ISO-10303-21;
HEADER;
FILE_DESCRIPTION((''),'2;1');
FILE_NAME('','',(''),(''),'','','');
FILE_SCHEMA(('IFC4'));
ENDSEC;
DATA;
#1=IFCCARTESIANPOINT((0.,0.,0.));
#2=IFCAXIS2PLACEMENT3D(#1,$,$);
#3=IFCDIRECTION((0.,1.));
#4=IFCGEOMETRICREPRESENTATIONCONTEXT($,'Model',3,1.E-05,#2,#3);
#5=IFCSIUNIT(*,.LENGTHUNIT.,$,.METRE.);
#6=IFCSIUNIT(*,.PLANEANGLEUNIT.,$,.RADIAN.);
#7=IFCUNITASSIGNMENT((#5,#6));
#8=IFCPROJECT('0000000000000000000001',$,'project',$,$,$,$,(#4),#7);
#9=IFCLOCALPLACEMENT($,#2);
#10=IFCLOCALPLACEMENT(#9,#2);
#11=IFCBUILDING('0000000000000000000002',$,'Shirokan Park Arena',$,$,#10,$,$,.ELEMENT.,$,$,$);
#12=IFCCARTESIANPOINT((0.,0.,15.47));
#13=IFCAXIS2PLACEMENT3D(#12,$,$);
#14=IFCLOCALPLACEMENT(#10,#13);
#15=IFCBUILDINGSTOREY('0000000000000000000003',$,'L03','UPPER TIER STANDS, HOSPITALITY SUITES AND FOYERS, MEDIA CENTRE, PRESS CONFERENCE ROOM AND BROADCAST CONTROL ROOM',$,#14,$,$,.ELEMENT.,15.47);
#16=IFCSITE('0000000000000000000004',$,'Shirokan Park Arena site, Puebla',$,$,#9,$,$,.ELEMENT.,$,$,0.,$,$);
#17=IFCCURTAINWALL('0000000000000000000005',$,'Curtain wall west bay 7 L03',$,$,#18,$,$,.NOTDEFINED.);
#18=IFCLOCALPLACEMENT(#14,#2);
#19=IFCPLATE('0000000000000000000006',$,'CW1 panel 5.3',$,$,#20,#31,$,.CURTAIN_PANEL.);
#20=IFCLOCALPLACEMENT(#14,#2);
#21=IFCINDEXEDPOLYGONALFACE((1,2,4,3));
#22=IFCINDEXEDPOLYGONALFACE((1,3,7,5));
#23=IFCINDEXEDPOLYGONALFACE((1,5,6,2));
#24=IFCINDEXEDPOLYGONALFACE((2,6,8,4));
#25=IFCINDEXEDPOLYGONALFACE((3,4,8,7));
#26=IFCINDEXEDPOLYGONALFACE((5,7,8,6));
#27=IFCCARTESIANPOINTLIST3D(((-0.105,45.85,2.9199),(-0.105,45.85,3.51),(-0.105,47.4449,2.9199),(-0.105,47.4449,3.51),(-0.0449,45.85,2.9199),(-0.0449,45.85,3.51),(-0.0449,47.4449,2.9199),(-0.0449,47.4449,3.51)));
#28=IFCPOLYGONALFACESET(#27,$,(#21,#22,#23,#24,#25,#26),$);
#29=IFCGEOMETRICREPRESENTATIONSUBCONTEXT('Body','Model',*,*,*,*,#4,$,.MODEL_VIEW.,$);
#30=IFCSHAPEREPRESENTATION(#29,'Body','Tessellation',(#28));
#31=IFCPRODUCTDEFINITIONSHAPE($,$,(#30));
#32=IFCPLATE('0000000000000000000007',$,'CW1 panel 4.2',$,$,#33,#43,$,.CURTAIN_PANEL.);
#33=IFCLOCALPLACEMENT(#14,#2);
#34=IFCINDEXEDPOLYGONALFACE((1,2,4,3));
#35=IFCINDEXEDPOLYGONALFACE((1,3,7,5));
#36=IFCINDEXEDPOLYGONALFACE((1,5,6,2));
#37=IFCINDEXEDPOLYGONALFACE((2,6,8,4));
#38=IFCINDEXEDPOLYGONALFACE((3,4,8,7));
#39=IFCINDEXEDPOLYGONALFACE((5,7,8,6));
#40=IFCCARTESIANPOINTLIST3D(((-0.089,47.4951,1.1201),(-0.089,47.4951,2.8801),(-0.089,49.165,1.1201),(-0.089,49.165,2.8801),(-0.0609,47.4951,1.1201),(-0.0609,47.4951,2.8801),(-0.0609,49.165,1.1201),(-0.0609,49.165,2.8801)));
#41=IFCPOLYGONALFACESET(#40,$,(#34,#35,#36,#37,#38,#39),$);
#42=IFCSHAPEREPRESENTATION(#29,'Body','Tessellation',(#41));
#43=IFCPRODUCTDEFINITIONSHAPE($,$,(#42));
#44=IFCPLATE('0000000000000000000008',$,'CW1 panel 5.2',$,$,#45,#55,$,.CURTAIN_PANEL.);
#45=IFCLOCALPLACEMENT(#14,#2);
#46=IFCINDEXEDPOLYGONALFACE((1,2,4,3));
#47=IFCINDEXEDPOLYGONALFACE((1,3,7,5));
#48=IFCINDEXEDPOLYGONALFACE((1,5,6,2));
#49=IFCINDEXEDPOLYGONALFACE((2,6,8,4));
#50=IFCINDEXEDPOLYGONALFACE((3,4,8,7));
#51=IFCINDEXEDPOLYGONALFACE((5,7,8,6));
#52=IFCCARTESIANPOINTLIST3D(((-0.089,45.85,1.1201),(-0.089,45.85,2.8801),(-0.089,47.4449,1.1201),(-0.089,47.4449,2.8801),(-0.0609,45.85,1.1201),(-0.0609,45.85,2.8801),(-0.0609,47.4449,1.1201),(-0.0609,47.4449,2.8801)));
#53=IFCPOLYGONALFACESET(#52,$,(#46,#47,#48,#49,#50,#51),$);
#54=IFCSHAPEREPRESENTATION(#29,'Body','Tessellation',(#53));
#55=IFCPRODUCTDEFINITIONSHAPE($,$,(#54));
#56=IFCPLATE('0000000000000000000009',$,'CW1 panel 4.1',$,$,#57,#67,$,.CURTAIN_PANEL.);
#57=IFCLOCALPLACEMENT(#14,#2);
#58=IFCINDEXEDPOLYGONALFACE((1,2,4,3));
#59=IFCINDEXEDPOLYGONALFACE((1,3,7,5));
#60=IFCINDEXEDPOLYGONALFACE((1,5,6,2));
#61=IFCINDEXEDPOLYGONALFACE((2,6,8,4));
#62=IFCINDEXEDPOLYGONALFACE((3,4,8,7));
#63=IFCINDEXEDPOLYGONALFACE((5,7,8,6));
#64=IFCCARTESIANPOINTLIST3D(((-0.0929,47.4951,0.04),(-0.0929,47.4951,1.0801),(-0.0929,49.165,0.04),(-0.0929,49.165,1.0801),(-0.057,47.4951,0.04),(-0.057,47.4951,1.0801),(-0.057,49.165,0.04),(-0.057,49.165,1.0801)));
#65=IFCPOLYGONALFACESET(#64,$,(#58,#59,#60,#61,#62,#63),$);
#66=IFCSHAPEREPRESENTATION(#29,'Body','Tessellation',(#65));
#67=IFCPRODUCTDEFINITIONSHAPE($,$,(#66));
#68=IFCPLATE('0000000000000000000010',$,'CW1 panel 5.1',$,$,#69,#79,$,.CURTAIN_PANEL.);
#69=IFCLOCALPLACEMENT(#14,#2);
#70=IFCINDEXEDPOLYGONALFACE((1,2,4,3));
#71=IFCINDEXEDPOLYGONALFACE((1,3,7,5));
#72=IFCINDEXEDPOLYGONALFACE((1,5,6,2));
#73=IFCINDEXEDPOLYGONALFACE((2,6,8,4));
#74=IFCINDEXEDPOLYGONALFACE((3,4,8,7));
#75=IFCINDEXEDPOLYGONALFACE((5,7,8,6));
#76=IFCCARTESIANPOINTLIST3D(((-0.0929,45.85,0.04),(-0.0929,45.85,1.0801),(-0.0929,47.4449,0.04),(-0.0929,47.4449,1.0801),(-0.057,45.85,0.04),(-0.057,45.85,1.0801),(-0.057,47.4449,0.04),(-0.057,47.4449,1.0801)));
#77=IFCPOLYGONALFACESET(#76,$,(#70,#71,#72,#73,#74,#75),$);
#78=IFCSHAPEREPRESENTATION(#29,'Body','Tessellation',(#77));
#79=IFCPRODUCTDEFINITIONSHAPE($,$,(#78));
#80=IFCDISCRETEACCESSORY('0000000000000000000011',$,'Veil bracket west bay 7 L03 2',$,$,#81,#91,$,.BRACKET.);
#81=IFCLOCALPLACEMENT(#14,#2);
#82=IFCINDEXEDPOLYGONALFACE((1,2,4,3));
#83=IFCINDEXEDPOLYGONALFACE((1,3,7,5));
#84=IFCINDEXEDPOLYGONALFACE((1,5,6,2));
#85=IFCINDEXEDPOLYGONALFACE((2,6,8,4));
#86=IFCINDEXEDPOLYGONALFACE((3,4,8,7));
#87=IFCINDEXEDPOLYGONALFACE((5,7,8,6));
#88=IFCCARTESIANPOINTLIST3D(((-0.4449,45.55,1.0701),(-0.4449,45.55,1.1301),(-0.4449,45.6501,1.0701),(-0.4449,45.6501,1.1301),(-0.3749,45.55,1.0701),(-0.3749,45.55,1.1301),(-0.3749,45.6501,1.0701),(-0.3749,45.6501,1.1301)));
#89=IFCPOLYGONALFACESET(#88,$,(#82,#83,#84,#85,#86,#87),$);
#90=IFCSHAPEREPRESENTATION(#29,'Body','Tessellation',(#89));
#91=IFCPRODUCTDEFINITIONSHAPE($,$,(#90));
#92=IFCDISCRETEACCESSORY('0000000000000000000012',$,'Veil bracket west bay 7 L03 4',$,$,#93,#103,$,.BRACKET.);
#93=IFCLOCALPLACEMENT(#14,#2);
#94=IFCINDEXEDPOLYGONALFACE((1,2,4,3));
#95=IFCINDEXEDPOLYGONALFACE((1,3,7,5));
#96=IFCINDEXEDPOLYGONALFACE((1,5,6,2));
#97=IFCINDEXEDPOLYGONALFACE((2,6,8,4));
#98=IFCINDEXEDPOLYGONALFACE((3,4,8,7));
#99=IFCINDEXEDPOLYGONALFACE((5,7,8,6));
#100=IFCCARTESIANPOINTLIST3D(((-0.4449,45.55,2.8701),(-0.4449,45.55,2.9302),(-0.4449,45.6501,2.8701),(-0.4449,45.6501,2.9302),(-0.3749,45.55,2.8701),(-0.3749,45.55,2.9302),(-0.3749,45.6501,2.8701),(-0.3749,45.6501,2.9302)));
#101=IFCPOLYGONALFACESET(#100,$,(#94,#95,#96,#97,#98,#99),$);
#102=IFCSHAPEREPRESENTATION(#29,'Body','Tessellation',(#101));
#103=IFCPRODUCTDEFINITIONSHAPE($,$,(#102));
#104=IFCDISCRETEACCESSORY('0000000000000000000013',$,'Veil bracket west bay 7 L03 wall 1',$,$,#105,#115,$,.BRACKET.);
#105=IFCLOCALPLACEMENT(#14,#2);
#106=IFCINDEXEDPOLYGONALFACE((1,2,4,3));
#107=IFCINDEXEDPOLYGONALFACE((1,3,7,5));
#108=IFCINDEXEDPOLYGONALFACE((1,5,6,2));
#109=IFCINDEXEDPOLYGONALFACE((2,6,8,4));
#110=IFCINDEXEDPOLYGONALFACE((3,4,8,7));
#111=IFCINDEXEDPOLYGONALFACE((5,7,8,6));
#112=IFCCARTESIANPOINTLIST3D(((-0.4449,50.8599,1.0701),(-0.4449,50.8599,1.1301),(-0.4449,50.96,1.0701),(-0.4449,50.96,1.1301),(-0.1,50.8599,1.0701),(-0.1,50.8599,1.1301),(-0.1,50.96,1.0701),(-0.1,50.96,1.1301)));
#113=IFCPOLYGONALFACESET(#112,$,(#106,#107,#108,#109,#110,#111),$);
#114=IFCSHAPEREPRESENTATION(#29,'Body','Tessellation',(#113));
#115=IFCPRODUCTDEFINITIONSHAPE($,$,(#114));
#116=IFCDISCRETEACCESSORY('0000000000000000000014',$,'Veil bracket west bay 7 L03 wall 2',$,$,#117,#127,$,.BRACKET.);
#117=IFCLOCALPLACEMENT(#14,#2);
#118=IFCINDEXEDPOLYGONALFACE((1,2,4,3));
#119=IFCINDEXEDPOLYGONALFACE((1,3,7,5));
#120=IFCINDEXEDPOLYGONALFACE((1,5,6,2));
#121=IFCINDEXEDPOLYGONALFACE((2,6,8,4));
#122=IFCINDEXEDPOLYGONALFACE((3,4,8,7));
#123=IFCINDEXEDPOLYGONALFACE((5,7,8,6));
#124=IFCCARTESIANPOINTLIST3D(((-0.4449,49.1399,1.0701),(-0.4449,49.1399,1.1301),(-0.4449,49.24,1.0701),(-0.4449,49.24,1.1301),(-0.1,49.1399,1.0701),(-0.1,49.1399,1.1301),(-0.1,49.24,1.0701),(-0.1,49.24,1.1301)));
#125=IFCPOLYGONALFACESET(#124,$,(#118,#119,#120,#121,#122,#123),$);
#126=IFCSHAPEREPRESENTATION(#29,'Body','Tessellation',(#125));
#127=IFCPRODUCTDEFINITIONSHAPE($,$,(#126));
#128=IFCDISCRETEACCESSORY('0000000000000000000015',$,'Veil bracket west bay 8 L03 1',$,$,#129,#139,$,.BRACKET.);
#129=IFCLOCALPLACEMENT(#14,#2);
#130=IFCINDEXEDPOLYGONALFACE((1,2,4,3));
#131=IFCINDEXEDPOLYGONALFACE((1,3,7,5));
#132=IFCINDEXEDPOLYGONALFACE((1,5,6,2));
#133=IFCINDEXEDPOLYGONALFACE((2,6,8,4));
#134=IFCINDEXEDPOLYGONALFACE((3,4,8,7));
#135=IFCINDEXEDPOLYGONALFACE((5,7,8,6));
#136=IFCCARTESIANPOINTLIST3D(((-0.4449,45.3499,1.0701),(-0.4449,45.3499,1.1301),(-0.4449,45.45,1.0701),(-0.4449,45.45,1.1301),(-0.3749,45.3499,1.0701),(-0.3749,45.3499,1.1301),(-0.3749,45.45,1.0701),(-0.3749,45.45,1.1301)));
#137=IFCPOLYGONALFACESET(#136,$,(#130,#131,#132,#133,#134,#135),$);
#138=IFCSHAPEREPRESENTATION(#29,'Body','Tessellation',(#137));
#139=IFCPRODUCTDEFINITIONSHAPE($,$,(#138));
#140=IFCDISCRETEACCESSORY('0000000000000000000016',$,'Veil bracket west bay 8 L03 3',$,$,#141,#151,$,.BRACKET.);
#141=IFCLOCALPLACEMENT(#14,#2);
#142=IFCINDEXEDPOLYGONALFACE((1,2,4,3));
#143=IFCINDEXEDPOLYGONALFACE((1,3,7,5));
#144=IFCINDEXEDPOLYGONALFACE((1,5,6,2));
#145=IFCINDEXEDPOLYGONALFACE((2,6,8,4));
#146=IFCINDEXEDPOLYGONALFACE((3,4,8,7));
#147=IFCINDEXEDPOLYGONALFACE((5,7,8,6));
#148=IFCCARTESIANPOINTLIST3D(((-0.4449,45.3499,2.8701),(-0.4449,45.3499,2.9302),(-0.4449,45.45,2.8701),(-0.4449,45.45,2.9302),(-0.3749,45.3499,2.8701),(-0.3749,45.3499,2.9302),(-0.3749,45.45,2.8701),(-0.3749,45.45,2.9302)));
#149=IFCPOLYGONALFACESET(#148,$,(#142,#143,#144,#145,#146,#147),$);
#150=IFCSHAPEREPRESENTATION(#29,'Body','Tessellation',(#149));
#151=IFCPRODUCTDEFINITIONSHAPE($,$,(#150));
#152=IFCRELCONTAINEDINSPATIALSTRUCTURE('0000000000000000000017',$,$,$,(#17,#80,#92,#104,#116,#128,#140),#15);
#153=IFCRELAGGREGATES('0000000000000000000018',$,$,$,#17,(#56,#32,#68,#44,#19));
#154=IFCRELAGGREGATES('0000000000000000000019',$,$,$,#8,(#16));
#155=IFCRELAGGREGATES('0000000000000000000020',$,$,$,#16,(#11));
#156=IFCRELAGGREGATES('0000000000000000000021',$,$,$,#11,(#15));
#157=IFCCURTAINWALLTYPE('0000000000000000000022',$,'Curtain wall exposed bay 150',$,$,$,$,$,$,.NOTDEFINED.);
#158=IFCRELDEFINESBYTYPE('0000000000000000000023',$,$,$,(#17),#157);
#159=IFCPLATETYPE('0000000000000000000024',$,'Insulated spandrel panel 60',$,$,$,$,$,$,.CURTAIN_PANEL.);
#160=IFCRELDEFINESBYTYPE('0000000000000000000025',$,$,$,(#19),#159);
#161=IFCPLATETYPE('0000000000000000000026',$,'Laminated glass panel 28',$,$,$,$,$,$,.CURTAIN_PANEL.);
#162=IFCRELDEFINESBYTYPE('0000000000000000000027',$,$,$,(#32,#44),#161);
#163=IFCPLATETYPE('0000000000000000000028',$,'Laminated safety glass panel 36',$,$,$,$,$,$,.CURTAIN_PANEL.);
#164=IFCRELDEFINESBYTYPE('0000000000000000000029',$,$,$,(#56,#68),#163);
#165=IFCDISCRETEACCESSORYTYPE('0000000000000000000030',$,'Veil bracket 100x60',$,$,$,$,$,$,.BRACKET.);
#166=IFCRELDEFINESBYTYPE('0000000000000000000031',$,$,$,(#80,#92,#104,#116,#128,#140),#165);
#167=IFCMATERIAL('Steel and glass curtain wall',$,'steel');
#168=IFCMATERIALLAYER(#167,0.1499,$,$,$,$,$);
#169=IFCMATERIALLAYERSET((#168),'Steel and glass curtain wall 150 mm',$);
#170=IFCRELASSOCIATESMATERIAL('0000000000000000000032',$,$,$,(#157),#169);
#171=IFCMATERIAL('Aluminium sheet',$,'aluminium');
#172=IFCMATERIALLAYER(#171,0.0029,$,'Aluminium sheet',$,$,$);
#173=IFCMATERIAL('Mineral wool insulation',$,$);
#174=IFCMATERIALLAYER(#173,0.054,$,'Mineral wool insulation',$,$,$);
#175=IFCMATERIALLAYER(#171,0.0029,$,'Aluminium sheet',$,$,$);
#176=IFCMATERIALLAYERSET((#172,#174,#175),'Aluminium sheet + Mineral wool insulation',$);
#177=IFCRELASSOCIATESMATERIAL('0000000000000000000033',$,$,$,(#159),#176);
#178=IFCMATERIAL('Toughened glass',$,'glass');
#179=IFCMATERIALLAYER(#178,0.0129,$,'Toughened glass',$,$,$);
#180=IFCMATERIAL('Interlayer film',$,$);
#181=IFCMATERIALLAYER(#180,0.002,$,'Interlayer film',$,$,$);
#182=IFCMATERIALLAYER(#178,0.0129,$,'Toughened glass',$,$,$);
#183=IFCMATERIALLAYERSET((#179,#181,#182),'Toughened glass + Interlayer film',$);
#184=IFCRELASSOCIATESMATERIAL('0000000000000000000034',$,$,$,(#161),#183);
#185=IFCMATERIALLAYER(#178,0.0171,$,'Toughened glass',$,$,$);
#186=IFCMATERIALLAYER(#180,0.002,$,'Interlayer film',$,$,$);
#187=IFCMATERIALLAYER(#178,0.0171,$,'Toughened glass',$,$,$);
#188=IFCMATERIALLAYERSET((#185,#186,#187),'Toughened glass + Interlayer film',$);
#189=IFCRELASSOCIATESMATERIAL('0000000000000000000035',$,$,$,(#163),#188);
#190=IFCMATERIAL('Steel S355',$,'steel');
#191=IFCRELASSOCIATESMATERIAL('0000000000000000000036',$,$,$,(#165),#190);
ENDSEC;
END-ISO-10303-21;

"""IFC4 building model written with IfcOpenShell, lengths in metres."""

from ifc_helpers import new_model, si_unit, direction, frame, origin, origin_2d, place, context, subcontext, project, spatial, rectangle, extrude, material, layer, layer_set, type_object, element, aggregate, save


model = new_model("IFC4")

# Units and contexts
model_context = context("Model", 3, precision=1e-05, world=origin(), true_north=direction((0.0, 1.0)))
body_context = subcontext(model_context, "Body", "Model", "MODEL_VIEW")
ifc_project = project(units=[si_unit("LENGTHUNIT", "METRE"), si_unit("PLANEANGLEUNIT", "RADIAN")], contexts=[model_context])

# Site, building, storey
site_placement = place(None, origin())
site = spatial("IfcSite", under=ifc_project, at=site_placement, Name="Shirokan Park Arena site, Puebla", CompositionType="ELEMENT", RefElevation=0.0)
building_placement = place(site_placement, origin())
building = spatial("IfcBuilding", under=site, at=building_placement, Name="Shirokan Park Arena", CompositionType="ELEMENT")
storey_placement = place(building_placement, frame((0.0, 0.0, 15.47)))
storey = spatial("IfcBuildingStorey", under=building, at=storey_placement, Name="L03", Description="UPPER TIER STANDS, HOSPITALITY SUITES AND FOYERS, MEDIA CENTRE, PRESS CONFERENCE ROOM AND BROADCAST CONTROL ROOM", CompositionType="ELEMENT", Elevation=15.47)

# Curtain wall
ifc_material_1 = material(Name="Steel and glass curtain wall", Category="steel")
ifc_layer_1 = layer(ifc_material_1, 0.1499)
ifc_layer_set_1 = layer_set([ifc_layer_1], Name="Steel and glass curtain wall 150 mm")
curtain_wall_type = type_object("IfcCurtainWallType", Name="Curtain wall exposed bay 150", PredefinedType="NOTDEFINED", material=ifc_layer_set_1)
curtain_wall_1_placement = place(storey_placement, origin())
curtain_wall_1 = element("IfcCurtainWall", 1, at=curtain_wall_1_placement, inside=storey, type_object=curtain_wall_type, Name="Curtain wall west bay 7 L03", PredefinedType="NOTDEFINED")
ifc_material_2 = material(Name="Steel S355", Category="steel")

# Plates
ifc_material_3 = material(Name="Aluminium sheet", Category="aluminium")
ifc_layer_2 = layer(ifc_material_3, 0.0029, Name="Aluminium sheet")
ifc_material_4 = material(Name="Mineral wool insulation")
ifc_layer_3 = layer(ifc_material_4, 0.054, Name="Mineral wool insulation")
ifc_layer_4 = layer(ifc_material_3, 0.0029, Name="Aluminium sheet")
ifc_layer_set_2 = layer_set([ifc_layer_2, ifc_layer_3, ifc_layer_4], Name="Aluminium sheet + Mineral wool insulation")
plate_type_1 = type_object("IfcPlateType", Name="Insulated spandrel panel 60", PredefinedType="CURTAIN_PANEL", material=ifc_layer_set_2)
plate_1_placement = place(storey_placement, frame((-0.075, 46.6475, 2.9199), z_axis=(0.0, 0.0, 1.0), x_axis=(0.0, -1.0, 0.0)))
plate_1 = element("IfcPlate", 2, at=plate_1_placement, type_object=plate_type_1, Name="CW1 panel 5.3", PredefinedType="CURTAIN_PANEL", context=body_context, shape_type="SweptSolid", body=[
    extrude(rectangle(XDim=1.595, YDim=0.0601, at=origin_2d()), origin(), (0.0, 0.0, 1.0), 0.5901),
])
ifc_material_5 = material(Name="Toughened glass", Category="glass")
ifc_layer_5 = layer(ifc_material_5, 0.0129, Name="Toughened glass")
ifc_material_6 = material(Name="Interlayer film")
ifc_layer_6 = layer(ifc_material_6, 0.002, Name="Interlayer film")
ifc_layer_7 = layer(ifc_material_5, 0.0129, Name="Toughened glass")
ifc_layer_set_3 = layer_set([ifc_layer_5, ifc_layer_6, ifc_layer_7], Name="Toughened glass + Interlayer film")
plate_type_2 = type_object("IfcPlateType", Name="Laminated glass panel 28", PredefinedType="CURTAIN_PANEL", material=ifc_layer_set_3)
plate_2_placement = place(storey_placement, frame((-0.075, 48.3301, 1.1201), z_axis=(0.0, 0.0, 1.0), x_axis=(0.0, -1.0, 0.0)))
plate_2 = element("IfcPlate", 3, at=plate_2_placement, type_object=plate_type_2, Name="CW1 panel 4.2", PredefinedType="CURTAIN_PANEL", context=body_context, shape_type="SweptSolid", body=[
    extrude(rectangle(XDim=1.6699, YDim=0.0281, at=origin_2d()), origin(), (0.0, 0.0, 1.0), 1.76),
])
plate_3_placement = place(storey_placement, frame((-0.075, 46.6475, 1.1201), z_axis=(0.0, 0.0, 1.0), x_axis=(0.0, -1.0, 0.0)))
plate_3 = element("IfcPlate", 4, at=plate_3_placement, type_object=plate_type_2, Name="CW1 panel 5.2", PredefinedType="CURTAIN_PANEL", context=body_context, shape_type="SweptSolid", body=[
    extrude(rectangle(XDim=1.595, YDim=0.0281, at=origin_2d()), origin(), (0.0, 0.0, 1.0), 1.76),
])
ifc_layer_8 = layer(ifc_material_5, 0.0171, Name="Toughened glass")
ifc_layer_9 = layer(ifc_material_6, 0.002, Name="Interlayer film")
ifc_layer_10 = layer(ifc_material_5, 0.0171, Name="Toughened glass")
ifc_layer_set_4 = layer_set([ifc_layer_8, ifc_layer_9, ifc_layer_10], Name="Toughened glass + Interlayer film")
plate_type_3 = type_object("IfcPlateType", Name="Laminated safety glass panel 36", PredefinedType="CURTAIN_PANEL", material=ifc_layer_set_4)
plate_4_placement = place(storey_placement, frame((-0.075, 48.3301, 0.04), z_axis=(0.0, 0.0, 1.0), x_axis=(0.0, -1.0, 0.0)))
plate_4 = element("IfcPlate", 5, at=plate_4_placement, type_object=plate_type_3, Name="CW1 panel 4.1", PredefinedType="CURTAIN_PANEL", context=body_context, shape_type="SweptSolid", body=[
    extrude(rectangle(XDim=1.6699, YDim=0.0359, at=origin_2d()), origin(), (0.0, 0.0, 1.0), 1.04),
])
plate_5_placement = place(storey_placement, frame((-0.075, 46.6475, 0.04), z_axis=(0.0, 0.0, 1.0), x_axis=(0.0, -1.0, 0.0)))
plate_5 = element("IfcPlate", 6, at=plate_5_placement, type_object=plate_type_3, Name="CW1 panel 5.1", PredefinedType="CURTAIN_PANEL", context=body_context, shape_type="SweptSolid", body=[
    extrude(rectangle(XDim=1.595, YDim=0.0359, at=origin_2d()), origin(), (0.0, 0.0, 1.0), 1.04),
])
aggregate(curtain_wall_1, [plate_4, plate_2, plate_5, plate_3, plate_1])

# Discrete accessories
discrete_accessory_type = type_object("IfcDiscreteAccessoryType", Name="Veil bracket 100x60", PredefinedType="BRACKET", material=ifc_material_2)
for number, where, z_axis, x_axis, name in (
    (7, (-0.4099, 45.6001, 1.0701), (0.0, 0.0, 1.0), (0.0, -1.0, 0.0), "Veil bracket west bay 7 L03 2"),
    (8, (-0.4099, 45.6001, 2.8701), (0.0, 0.0, 1.0), (0.0, -1.0, 0.0), "Veil bracket west bay 7 L03 4"),
):
    element("IfcDiscreteAccessory", number, at=place(storey_placement, frame(where, z_axis=z_axis, x_axis=x_axis)), inside=storey, type_object=discrete_accessory_type, Name=name, PredefinedType="BRACKET", context=body_context, shape_type="SweptSolid", body=[
        extrude(rectangle(XDim=0.1001, YDim=0.0701, at=origin_2d()), origin(), (0.0, 0.0, 1.0), 0.0601),
    ])
for number, where, z_axis, x_axis, name in (
    (9, (-0.2725, 50.9099, 1.0701), (0.0, 0.0, 1.0), (0.0, -1.0, 0.0), "Veil bracket west bay 7 L03 wall 1"),
    (10, (-0.2725, 49.1899, 1.0701), (0.0, 0.0, 1.0), (0.0, -1.0, 0.0), "Veil bracket west bay 7 L03 wall 2"),
):
    element("IfcDiscreteAccessory", number, at=place(storey_placement, frame(where, z_axis=z_axis, x_axis=x_axis)), inside=storey, type_object=discrete_accessory_type, Name=name, PredefinedType="BRACKET", context=body_context, shape_type="SweptSolid", body=[
        extrude(rectangle(XDim=0.1001, YDim=0.345, at=origin_2d()), origin(), (0.0, 0.0, 1.0), 0.0601),
    ])
for number, where, z_axis, x_axis, name in (
    (11, (-0.4099, 45.3999, 1.0701), (0.0, 0.0, 1.0), (0.0, -1.0, 0.0), "Veil bracket west bay 8 L03 1"),
    (12, (-0.4099, 45.3999, 2.8701), (0.0, 0.0, 1.0), (0.0, -1.0, 0.0), "Veil bracket west bay 8 L03 3"),
):
    element("IfcDiscreteAccessory", number, at=place(storey_placement, frame(where, z_axis=z_axis, x_axis=x_axis)), inside=storey, type_object=discrete_accessory_type, Name=name, PredefinedType="BRACKET", context=body_context, shape_type="SweptSolid", body=[
        extrude(rectangle(XDim=0.1001, YDim=0.0701, at=origin_2d()), origin(), (0.0, 0.0, 1.0), 0.0601),
    ])

save(model, "model.ifc")
